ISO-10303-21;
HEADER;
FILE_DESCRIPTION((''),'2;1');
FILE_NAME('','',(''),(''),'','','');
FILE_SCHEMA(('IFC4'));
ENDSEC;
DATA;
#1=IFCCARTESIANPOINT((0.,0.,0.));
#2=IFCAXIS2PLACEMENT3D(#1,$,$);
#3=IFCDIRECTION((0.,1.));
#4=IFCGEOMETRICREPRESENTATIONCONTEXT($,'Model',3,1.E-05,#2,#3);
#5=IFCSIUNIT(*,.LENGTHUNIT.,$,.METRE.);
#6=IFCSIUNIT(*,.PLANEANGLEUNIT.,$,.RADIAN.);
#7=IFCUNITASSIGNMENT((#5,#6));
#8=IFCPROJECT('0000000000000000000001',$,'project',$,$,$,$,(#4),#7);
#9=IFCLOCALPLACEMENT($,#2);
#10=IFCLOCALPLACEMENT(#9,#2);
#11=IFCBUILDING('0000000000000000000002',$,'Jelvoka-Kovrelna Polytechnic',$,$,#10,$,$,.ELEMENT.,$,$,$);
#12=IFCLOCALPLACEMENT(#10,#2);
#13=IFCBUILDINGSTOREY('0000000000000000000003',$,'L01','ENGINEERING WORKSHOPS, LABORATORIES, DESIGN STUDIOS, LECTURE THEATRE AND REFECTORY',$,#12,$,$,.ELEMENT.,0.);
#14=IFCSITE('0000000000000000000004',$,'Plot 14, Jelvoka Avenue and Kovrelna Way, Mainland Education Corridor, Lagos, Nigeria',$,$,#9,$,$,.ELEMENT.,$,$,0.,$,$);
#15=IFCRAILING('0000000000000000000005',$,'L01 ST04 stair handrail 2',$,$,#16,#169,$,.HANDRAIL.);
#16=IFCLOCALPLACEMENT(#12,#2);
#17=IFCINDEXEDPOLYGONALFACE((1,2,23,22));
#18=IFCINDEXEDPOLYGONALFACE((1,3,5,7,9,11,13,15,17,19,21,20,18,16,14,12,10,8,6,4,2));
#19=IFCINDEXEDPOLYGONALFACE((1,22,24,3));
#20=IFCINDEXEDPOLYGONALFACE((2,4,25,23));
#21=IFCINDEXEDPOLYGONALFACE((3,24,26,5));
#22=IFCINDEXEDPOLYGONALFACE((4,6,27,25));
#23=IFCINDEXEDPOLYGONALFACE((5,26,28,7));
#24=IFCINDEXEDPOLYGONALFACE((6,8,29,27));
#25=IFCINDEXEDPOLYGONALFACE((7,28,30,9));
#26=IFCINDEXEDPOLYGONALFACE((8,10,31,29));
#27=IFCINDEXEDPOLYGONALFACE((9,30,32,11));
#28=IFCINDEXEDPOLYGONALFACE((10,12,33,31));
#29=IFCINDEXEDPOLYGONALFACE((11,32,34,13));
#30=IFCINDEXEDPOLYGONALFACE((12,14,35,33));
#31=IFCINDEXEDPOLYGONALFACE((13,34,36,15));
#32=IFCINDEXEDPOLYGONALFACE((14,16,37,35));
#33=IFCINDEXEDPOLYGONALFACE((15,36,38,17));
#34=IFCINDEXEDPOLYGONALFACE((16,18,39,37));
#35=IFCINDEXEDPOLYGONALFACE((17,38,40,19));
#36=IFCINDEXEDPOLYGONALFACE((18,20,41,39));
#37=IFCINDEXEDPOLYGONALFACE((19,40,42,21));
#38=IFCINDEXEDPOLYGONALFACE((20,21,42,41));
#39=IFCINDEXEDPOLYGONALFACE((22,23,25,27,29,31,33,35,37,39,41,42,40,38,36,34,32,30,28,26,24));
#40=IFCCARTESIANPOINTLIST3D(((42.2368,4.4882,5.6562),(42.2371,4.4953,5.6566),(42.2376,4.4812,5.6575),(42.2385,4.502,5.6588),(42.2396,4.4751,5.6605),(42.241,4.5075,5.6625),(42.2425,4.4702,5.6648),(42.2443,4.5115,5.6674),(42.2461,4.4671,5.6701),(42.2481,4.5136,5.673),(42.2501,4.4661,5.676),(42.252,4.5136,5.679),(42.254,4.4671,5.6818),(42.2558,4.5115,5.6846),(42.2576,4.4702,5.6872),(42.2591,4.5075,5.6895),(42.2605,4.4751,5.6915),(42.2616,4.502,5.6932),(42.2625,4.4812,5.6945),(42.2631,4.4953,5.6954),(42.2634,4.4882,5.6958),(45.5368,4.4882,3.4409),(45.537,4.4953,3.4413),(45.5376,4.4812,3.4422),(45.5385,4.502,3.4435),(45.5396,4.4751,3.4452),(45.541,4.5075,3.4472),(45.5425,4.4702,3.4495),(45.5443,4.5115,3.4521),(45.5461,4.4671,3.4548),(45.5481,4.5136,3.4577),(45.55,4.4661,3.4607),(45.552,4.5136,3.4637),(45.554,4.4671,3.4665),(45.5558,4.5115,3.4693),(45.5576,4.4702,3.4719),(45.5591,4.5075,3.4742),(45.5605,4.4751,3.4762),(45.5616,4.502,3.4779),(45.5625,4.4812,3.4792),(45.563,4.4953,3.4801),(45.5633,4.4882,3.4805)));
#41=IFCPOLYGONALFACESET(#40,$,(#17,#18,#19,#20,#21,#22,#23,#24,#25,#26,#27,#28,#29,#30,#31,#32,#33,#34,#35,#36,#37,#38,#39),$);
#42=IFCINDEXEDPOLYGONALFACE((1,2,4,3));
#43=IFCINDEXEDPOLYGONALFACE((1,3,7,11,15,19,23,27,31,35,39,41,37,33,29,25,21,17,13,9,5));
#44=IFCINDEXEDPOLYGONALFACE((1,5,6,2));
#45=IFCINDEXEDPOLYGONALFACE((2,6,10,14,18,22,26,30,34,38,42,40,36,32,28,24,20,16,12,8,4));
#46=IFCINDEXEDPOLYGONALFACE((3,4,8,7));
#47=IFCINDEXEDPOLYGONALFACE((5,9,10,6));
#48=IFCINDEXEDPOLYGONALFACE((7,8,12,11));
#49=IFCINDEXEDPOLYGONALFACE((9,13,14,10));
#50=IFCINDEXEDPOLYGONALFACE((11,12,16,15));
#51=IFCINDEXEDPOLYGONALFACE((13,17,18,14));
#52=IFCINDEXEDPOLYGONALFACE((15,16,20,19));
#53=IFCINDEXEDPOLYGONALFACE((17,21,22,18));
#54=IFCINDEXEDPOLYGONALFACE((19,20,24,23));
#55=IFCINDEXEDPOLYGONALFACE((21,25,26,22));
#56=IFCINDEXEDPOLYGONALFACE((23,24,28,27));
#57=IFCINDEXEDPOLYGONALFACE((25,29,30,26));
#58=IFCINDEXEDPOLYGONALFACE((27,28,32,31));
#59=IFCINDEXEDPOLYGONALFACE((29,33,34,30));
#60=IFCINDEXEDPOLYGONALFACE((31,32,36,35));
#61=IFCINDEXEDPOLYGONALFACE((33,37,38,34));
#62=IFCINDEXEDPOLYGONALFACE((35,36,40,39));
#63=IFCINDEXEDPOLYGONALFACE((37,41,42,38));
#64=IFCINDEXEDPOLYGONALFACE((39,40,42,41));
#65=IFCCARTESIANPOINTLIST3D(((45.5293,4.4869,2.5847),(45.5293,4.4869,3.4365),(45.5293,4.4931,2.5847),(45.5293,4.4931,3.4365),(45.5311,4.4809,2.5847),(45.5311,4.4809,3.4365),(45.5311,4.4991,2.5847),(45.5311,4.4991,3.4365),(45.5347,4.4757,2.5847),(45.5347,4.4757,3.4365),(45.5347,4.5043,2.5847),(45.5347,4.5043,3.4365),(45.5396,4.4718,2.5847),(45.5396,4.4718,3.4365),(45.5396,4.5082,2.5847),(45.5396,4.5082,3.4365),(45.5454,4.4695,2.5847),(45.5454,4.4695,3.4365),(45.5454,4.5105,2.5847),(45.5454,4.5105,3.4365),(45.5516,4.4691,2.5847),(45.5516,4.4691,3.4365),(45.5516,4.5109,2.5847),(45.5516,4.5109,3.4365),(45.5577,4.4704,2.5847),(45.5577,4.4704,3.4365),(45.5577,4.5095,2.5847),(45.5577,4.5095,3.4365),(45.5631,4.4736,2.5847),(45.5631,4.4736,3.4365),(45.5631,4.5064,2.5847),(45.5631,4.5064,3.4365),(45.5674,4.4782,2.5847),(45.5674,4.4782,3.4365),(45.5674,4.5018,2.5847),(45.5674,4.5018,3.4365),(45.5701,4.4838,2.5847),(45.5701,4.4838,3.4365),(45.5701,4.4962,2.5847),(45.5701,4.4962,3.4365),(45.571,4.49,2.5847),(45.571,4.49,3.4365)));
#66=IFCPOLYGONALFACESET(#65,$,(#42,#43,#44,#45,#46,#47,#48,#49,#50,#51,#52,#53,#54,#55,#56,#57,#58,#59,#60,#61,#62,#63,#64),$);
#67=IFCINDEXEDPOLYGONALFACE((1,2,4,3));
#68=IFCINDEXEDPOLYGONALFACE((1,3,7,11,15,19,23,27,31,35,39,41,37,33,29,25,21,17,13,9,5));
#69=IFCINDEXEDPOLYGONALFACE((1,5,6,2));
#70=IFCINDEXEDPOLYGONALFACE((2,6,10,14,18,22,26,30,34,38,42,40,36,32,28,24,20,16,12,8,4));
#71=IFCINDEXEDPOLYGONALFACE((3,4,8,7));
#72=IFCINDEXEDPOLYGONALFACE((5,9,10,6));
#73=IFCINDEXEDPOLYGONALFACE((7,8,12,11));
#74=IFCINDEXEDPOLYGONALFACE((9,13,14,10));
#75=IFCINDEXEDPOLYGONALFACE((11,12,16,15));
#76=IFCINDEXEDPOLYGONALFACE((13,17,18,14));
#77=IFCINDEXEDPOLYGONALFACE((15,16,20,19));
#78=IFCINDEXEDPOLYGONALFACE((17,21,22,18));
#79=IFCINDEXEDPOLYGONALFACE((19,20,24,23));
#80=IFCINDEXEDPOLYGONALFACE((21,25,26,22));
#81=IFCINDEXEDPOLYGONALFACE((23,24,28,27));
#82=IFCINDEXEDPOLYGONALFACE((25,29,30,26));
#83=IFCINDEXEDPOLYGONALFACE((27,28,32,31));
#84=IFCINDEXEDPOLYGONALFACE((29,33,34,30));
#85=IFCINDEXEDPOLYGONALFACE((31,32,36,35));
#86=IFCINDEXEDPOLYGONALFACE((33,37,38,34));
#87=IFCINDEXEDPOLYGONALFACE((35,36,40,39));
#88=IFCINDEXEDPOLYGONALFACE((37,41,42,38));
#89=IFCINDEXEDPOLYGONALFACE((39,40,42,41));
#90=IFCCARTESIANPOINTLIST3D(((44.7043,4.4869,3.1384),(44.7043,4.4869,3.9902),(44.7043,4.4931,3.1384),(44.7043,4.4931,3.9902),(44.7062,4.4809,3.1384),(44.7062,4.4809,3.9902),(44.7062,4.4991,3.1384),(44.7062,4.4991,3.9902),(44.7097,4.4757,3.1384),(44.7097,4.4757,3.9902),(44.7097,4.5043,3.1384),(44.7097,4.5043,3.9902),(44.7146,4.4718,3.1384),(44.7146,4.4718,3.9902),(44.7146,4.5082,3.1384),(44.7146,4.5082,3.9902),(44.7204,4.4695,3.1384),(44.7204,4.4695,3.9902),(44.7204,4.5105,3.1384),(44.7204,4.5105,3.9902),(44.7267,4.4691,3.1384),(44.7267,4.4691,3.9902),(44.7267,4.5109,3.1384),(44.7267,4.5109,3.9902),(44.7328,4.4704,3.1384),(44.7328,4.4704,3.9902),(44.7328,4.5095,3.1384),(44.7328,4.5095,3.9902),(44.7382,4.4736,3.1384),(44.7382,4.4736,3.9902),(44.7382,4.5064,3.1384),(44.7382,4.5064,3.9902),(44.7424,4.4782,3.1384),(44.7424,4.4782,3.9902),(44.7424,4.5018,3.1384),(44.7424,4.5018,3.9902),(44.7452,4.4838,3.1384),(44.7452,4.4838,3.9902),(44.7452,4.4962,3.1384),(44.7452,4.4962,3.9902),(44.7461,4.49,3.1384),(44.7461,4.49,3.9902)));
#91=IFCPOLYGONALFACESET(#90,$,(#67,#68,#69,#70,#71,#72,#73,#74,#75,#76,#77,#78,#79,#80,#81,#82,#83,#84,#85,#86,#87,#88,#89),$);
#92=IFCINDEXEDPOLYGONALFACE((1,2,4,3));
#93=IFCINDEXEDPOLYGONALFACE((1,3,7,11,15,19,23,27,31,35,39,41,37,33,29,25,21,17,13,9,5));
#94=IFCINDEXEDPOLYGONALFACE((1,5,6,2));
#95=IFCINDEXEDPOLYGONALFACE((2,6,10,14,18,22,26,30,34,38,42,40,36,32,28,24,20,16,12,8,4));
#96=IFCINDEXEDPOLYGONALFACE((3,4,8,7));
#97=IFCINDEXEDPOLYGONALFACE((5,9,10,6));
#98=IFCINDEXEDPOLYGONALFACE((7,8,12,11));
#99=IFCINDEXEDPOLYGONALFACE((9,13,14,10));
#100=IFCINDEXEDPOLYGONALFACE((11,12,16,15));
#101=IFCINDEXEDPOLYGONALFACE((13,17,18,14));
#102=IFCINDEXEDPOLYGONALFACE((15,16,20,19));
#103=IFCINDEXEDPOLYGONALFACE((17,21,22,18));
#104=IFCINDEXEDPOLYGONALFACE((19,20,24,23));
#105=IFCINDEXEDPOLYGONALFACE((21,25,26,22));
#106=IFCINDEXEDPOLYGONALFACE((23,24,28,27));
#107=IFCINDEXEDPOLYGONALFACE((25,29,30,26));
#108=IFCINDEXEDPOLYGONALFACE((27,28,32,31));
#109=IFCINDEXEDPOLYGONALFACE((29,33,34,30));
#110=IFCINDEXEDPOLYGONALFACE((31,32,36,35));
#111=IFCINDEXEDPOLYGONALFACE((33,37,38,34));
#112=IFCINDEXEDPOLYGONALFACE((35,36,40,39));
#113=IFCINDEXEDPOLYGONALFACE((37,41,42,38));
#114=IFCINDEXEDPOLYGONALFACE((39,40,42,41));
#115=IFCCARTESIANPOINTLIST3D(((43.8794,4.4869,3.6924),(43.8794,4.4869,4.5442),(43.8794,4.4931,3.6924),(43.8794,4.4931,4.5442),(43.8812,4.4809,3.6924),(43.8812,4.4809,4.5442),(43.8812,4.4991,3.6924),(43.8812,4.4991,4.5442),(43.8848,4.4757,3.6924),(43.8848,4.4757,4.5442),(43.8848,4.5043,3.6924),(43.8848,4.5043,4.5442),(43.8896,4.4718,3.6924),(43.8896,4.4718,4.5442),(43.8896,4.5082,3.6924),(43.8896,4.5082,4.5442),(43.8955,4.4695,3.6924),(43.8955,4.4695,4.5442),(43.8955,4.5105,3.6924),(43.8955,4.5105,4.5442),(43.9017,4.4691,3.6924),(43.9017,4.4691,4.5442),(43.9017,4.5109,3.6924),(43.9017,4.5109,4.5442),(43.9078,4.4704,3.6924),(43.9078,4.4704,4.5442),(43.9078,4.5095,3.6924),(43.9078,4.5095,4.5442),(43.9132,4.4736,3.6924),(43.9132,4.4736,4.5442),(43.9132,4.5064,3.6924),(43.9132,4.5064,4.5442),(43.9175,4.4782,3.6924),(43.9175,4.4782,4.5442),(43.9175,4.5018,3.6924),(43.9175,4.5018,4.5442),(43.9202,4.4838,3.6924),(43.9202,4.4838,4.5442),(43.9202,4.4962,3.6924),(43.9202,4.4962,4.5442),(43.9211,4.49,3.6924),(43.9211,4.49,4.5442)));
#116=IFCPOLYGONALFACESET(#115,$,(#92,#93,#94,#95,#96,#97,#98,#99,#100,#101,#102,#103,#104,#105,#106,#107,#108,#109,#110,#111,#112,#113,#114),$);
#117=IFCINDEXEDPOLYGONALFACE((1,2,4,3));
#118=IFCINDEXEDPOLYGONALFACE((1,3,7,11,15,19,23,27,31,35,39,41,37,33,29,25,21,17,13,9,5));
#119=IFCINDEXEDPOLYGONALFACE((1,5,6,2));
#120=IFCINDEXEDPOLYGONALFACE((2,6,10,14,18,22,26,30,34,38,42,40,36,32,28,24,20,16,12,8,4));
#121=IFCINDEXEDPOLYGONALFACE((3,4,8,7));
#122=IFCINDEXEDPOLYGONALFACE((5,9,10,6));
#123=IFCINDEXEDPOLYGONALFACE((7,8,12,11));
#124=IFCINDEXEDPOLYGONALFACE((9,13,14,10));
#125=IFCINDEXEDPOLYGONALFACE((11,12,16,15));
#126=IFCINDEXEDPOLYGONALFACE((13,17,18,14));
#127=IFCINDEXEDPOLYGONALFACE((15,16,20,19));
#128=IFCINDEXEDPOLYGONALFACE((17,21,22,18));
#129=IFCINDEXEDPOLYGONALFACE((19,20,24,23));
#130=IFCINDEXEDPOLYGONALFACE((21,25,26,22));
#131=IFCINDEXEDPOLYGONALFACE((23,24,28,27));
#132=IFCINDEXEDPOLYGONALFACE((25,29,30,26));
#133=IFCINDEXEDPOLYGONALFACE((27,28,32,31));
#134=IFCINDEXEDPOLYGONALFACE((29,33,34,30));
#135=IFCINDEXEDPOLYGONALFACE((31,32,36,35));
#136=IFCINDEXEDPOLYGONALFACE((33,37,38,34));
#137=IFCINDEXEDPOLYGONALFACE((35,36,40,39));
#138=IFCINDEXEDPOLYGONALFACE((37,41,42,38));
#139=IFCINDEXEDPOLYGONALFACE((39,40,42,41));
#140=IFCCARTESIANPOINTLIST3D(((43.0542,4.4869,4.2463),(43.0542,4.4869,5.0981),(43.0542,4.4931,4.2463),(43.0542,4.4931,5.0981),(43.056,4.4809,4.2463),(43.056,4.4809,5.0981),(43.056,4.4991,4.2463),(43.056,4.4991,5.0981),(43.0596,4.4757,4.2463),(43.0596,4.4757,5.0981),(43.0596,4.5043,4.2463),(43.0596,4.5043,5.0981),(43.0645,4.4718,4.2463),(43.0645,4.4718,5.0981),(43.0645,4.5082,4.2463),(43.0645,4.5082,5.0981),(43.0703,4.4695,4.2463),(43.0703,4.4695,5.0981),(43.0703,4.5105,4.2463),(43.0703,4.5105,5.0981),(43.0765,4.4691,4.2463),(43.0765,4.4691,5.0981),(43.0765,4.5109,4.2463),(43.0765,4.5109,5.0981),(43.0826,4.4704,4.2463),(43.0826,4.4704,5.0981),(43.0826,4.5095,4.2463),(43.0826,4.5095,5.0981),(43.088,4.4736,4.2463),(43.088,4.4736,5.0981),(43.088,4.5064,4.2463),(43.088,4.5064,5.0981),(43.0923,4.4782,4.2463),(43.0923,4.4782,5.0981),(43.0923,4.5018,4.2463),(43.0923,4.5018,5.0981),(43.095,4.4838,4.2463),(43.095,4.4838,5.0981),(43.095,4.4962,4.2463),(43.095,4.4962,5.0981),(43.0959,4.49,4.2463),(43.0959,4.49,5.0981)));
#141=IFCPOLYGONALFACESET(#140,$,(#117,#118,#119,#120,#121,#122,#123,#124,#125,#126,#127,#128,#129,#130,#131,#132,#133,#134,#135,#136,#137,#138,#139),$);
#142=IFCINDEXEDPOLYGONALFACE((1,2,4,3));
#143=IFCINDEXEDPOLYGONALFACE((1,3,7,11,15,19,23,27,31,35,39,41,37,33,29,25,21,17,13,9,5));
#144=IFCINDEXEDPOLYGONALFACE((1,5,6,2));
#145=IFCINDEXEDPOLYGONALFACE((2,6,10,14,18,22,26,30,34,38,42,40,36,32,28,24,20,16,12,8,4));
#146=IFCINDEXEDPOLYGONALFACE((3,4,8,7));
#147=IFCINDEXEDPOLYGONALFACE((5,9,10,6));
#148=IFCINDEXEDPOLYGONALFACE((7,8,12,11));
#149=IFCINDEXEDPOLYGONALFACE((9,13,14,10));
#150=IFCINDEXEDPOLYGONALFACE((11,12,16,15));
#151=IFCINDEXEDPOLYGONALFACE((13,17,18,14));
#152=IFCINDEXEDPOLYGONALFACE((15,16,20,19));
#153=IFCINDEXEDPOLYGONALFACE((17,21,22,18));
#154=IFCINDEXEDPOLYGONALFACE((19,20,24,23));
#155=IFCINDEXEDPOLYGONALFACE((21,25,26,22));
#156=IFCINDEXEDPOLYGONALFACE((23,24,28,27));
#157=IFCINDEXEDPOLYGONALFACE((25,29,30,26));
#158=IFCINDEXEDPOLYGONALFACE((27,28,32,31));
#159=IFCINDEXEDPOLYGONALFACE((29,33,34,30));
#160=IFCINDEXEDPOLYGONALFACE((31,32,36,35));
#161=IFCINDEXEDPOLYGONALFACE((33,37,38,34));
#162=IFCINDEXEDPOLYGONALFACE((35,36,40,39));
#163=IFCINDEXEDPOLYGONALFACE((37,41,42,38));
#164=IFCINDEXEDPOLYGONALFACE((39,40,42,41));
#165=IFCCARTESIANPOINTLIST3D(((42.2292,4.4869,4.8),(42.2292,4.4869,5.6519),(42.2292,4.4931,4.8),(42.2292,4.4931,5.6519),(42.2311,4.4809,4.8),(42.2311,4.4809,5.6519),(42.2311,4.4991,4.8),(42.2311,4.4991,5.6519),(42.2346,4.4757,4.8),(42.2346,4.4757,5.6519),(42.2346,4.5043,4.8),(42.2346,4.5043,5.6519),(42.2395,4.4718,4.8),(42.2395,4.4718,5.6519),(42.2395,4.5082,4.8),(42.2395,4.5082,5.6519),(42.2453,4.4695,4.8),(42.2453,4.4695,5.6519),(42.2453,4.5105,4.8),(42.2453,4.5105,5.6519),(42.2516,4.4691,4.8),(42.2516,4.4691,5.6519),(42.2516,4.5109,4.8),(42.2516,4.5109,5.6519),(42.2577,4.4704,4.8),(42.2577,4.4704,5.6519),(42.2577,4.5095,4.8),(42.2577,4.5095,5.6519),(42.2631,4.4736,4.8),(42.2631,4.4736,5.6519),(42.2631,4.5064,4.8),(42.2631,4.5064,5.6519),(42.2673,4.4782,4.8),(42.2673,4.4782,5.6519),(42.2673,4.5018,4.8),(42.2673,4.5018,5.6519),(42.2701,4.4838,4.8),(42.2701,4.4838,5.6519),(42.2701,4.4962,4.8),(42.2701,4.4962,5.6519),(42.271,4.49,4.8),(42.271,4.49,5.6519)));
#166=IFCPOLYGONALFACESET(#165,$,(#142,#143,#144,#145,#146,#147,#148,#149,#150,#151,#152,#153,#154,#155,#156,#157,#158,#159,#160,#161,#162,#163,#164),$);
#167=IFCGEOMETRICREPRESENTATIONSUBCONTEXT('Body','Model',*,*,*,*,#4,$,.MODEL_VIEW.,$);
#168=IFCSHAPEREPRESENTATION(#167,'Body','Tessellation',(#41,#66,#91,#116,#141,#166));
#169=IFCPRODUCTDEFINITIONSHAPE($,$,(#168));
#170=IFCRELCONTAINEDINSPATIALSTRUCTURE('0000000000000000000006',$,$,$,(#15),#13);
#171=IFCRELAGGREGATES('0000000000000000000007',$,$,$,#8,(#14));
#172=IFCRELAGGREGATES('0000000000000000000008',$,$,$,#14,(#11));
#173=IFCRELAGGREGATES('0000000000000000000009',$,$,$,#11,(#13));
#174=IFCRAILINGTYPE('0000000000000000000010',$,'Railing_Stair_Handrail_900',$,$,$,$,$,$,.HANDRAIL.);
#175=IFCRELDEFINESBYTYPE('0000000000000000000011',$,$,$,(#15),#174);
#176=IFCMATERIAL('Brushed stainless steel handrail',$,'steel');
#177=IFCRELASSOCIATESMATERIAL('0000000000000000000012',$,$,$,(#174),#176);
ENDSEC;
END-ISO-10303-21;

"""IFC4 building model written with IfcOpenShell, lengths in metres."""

from ifc_helpers import new_model, si_unit, direction, frame, origin, origin_2d, place, context, subcontext, project, spatial, circle, extrude, material, type_object, element, save


model = new_model("IFC4")

# Units and contexts
model_context = context("Model", 3, precision=1e-05, world=origin(), true_north=direction((0.0, 1.0)))
body_context = subcontext(model_context, "Body", "Model", "MODEL_VIEW")
ifc_project = project(units=[si_unit("LENGTHUNIT", "METRE"), si_unit("PLANEANGLEUNIT", "RADIAN")], contexts=[model_context])

# Site, building, storey
site_placement = place(None, origin())
site = spatial("IfcSite", under=ifc_project, at=site_placement, Name="Plot 14, Jelvoka Avenue and Kovrelna Way, Mainland Education Corridor, Lagos, Nigeria", CompositionType="ELEMENT", RefElevation=0.0)
building_placement = place(site_placement, origin())
building = spatial("IfcBuilding", under=site, at=building_placement, Name="Jelvoka-Kovrelna Polytechnic", CompositionType="ELEMENT")
storey_placement = place(building_placement, origin())
storey = spatial("IfcBuildingStorey", under=building, at=storey_placement, Name="L01", Description="ENGINEERING WORKSHOPS, LABORATORIES, DESIGN STUDIOS, LECTURE THEATRE AND REFECTORY", CompositionType="ELEMENT", Elevation=0.0)

# Railing
ifc_material_1 = material(Name="Brushed stainless steel handrail", Category="steel")
railing_type_1 = type_object("IfcRailingType", Name="Railing_Stair_Handrail_900", PredefinedType="HANDRAIL", material=ifc_material_1)
railing_1_placement = place(storey_placement, frame((45.55, 4.49, 2.5847)))
element("IfcRailing", 1, at=railing_1_placement, inside=storey, type_object=railing_type_1, Name="L01 ST04 stair handrail 2", PredefinedType="HANDRAIL", context=body_context, shape_type="SweptSolid", body=[
    extrude(circle(Radius=0.0239, at=origin_2d()), frame((0.0, 0.0, 0.876), z_axis=(-0.830269, 0.0, 0.557362), x_axis=(0.0, -1.0, 0.0)), (0.0, 0.0, 1.0), 3.9746),
    extrude(circle(Radius=0.021, at=origin_2d()), origin(), (0.0, 0.0, 1.0), 0.8518),
    extrude(circle(Radius=0.021, at=origin_2d()), frame((-0.825, 0.0, 0.5537)), (0.0, 0.0, 1.0), 0.8518),
    extrude(circle(Radius=0.021, at=origin_2d()), frame((-1.6499, 0.0, 1.1077)), (0.0, 0.0, 1.0), 0.8518),
    extrude(circle(Radius=0.021, at=origin_2d()), frame((-2.4751, 0.0, 1.6616)), (0.0, 0.0, 1.0), 0.8518),
    extrude(circle(Radius=0.021, at=origin_2d()), frame((-3.3, 0.0, 2.2153)), (0.0, 0.0, 1.0), 0.8518),
])

save(model, "model.ifc")
